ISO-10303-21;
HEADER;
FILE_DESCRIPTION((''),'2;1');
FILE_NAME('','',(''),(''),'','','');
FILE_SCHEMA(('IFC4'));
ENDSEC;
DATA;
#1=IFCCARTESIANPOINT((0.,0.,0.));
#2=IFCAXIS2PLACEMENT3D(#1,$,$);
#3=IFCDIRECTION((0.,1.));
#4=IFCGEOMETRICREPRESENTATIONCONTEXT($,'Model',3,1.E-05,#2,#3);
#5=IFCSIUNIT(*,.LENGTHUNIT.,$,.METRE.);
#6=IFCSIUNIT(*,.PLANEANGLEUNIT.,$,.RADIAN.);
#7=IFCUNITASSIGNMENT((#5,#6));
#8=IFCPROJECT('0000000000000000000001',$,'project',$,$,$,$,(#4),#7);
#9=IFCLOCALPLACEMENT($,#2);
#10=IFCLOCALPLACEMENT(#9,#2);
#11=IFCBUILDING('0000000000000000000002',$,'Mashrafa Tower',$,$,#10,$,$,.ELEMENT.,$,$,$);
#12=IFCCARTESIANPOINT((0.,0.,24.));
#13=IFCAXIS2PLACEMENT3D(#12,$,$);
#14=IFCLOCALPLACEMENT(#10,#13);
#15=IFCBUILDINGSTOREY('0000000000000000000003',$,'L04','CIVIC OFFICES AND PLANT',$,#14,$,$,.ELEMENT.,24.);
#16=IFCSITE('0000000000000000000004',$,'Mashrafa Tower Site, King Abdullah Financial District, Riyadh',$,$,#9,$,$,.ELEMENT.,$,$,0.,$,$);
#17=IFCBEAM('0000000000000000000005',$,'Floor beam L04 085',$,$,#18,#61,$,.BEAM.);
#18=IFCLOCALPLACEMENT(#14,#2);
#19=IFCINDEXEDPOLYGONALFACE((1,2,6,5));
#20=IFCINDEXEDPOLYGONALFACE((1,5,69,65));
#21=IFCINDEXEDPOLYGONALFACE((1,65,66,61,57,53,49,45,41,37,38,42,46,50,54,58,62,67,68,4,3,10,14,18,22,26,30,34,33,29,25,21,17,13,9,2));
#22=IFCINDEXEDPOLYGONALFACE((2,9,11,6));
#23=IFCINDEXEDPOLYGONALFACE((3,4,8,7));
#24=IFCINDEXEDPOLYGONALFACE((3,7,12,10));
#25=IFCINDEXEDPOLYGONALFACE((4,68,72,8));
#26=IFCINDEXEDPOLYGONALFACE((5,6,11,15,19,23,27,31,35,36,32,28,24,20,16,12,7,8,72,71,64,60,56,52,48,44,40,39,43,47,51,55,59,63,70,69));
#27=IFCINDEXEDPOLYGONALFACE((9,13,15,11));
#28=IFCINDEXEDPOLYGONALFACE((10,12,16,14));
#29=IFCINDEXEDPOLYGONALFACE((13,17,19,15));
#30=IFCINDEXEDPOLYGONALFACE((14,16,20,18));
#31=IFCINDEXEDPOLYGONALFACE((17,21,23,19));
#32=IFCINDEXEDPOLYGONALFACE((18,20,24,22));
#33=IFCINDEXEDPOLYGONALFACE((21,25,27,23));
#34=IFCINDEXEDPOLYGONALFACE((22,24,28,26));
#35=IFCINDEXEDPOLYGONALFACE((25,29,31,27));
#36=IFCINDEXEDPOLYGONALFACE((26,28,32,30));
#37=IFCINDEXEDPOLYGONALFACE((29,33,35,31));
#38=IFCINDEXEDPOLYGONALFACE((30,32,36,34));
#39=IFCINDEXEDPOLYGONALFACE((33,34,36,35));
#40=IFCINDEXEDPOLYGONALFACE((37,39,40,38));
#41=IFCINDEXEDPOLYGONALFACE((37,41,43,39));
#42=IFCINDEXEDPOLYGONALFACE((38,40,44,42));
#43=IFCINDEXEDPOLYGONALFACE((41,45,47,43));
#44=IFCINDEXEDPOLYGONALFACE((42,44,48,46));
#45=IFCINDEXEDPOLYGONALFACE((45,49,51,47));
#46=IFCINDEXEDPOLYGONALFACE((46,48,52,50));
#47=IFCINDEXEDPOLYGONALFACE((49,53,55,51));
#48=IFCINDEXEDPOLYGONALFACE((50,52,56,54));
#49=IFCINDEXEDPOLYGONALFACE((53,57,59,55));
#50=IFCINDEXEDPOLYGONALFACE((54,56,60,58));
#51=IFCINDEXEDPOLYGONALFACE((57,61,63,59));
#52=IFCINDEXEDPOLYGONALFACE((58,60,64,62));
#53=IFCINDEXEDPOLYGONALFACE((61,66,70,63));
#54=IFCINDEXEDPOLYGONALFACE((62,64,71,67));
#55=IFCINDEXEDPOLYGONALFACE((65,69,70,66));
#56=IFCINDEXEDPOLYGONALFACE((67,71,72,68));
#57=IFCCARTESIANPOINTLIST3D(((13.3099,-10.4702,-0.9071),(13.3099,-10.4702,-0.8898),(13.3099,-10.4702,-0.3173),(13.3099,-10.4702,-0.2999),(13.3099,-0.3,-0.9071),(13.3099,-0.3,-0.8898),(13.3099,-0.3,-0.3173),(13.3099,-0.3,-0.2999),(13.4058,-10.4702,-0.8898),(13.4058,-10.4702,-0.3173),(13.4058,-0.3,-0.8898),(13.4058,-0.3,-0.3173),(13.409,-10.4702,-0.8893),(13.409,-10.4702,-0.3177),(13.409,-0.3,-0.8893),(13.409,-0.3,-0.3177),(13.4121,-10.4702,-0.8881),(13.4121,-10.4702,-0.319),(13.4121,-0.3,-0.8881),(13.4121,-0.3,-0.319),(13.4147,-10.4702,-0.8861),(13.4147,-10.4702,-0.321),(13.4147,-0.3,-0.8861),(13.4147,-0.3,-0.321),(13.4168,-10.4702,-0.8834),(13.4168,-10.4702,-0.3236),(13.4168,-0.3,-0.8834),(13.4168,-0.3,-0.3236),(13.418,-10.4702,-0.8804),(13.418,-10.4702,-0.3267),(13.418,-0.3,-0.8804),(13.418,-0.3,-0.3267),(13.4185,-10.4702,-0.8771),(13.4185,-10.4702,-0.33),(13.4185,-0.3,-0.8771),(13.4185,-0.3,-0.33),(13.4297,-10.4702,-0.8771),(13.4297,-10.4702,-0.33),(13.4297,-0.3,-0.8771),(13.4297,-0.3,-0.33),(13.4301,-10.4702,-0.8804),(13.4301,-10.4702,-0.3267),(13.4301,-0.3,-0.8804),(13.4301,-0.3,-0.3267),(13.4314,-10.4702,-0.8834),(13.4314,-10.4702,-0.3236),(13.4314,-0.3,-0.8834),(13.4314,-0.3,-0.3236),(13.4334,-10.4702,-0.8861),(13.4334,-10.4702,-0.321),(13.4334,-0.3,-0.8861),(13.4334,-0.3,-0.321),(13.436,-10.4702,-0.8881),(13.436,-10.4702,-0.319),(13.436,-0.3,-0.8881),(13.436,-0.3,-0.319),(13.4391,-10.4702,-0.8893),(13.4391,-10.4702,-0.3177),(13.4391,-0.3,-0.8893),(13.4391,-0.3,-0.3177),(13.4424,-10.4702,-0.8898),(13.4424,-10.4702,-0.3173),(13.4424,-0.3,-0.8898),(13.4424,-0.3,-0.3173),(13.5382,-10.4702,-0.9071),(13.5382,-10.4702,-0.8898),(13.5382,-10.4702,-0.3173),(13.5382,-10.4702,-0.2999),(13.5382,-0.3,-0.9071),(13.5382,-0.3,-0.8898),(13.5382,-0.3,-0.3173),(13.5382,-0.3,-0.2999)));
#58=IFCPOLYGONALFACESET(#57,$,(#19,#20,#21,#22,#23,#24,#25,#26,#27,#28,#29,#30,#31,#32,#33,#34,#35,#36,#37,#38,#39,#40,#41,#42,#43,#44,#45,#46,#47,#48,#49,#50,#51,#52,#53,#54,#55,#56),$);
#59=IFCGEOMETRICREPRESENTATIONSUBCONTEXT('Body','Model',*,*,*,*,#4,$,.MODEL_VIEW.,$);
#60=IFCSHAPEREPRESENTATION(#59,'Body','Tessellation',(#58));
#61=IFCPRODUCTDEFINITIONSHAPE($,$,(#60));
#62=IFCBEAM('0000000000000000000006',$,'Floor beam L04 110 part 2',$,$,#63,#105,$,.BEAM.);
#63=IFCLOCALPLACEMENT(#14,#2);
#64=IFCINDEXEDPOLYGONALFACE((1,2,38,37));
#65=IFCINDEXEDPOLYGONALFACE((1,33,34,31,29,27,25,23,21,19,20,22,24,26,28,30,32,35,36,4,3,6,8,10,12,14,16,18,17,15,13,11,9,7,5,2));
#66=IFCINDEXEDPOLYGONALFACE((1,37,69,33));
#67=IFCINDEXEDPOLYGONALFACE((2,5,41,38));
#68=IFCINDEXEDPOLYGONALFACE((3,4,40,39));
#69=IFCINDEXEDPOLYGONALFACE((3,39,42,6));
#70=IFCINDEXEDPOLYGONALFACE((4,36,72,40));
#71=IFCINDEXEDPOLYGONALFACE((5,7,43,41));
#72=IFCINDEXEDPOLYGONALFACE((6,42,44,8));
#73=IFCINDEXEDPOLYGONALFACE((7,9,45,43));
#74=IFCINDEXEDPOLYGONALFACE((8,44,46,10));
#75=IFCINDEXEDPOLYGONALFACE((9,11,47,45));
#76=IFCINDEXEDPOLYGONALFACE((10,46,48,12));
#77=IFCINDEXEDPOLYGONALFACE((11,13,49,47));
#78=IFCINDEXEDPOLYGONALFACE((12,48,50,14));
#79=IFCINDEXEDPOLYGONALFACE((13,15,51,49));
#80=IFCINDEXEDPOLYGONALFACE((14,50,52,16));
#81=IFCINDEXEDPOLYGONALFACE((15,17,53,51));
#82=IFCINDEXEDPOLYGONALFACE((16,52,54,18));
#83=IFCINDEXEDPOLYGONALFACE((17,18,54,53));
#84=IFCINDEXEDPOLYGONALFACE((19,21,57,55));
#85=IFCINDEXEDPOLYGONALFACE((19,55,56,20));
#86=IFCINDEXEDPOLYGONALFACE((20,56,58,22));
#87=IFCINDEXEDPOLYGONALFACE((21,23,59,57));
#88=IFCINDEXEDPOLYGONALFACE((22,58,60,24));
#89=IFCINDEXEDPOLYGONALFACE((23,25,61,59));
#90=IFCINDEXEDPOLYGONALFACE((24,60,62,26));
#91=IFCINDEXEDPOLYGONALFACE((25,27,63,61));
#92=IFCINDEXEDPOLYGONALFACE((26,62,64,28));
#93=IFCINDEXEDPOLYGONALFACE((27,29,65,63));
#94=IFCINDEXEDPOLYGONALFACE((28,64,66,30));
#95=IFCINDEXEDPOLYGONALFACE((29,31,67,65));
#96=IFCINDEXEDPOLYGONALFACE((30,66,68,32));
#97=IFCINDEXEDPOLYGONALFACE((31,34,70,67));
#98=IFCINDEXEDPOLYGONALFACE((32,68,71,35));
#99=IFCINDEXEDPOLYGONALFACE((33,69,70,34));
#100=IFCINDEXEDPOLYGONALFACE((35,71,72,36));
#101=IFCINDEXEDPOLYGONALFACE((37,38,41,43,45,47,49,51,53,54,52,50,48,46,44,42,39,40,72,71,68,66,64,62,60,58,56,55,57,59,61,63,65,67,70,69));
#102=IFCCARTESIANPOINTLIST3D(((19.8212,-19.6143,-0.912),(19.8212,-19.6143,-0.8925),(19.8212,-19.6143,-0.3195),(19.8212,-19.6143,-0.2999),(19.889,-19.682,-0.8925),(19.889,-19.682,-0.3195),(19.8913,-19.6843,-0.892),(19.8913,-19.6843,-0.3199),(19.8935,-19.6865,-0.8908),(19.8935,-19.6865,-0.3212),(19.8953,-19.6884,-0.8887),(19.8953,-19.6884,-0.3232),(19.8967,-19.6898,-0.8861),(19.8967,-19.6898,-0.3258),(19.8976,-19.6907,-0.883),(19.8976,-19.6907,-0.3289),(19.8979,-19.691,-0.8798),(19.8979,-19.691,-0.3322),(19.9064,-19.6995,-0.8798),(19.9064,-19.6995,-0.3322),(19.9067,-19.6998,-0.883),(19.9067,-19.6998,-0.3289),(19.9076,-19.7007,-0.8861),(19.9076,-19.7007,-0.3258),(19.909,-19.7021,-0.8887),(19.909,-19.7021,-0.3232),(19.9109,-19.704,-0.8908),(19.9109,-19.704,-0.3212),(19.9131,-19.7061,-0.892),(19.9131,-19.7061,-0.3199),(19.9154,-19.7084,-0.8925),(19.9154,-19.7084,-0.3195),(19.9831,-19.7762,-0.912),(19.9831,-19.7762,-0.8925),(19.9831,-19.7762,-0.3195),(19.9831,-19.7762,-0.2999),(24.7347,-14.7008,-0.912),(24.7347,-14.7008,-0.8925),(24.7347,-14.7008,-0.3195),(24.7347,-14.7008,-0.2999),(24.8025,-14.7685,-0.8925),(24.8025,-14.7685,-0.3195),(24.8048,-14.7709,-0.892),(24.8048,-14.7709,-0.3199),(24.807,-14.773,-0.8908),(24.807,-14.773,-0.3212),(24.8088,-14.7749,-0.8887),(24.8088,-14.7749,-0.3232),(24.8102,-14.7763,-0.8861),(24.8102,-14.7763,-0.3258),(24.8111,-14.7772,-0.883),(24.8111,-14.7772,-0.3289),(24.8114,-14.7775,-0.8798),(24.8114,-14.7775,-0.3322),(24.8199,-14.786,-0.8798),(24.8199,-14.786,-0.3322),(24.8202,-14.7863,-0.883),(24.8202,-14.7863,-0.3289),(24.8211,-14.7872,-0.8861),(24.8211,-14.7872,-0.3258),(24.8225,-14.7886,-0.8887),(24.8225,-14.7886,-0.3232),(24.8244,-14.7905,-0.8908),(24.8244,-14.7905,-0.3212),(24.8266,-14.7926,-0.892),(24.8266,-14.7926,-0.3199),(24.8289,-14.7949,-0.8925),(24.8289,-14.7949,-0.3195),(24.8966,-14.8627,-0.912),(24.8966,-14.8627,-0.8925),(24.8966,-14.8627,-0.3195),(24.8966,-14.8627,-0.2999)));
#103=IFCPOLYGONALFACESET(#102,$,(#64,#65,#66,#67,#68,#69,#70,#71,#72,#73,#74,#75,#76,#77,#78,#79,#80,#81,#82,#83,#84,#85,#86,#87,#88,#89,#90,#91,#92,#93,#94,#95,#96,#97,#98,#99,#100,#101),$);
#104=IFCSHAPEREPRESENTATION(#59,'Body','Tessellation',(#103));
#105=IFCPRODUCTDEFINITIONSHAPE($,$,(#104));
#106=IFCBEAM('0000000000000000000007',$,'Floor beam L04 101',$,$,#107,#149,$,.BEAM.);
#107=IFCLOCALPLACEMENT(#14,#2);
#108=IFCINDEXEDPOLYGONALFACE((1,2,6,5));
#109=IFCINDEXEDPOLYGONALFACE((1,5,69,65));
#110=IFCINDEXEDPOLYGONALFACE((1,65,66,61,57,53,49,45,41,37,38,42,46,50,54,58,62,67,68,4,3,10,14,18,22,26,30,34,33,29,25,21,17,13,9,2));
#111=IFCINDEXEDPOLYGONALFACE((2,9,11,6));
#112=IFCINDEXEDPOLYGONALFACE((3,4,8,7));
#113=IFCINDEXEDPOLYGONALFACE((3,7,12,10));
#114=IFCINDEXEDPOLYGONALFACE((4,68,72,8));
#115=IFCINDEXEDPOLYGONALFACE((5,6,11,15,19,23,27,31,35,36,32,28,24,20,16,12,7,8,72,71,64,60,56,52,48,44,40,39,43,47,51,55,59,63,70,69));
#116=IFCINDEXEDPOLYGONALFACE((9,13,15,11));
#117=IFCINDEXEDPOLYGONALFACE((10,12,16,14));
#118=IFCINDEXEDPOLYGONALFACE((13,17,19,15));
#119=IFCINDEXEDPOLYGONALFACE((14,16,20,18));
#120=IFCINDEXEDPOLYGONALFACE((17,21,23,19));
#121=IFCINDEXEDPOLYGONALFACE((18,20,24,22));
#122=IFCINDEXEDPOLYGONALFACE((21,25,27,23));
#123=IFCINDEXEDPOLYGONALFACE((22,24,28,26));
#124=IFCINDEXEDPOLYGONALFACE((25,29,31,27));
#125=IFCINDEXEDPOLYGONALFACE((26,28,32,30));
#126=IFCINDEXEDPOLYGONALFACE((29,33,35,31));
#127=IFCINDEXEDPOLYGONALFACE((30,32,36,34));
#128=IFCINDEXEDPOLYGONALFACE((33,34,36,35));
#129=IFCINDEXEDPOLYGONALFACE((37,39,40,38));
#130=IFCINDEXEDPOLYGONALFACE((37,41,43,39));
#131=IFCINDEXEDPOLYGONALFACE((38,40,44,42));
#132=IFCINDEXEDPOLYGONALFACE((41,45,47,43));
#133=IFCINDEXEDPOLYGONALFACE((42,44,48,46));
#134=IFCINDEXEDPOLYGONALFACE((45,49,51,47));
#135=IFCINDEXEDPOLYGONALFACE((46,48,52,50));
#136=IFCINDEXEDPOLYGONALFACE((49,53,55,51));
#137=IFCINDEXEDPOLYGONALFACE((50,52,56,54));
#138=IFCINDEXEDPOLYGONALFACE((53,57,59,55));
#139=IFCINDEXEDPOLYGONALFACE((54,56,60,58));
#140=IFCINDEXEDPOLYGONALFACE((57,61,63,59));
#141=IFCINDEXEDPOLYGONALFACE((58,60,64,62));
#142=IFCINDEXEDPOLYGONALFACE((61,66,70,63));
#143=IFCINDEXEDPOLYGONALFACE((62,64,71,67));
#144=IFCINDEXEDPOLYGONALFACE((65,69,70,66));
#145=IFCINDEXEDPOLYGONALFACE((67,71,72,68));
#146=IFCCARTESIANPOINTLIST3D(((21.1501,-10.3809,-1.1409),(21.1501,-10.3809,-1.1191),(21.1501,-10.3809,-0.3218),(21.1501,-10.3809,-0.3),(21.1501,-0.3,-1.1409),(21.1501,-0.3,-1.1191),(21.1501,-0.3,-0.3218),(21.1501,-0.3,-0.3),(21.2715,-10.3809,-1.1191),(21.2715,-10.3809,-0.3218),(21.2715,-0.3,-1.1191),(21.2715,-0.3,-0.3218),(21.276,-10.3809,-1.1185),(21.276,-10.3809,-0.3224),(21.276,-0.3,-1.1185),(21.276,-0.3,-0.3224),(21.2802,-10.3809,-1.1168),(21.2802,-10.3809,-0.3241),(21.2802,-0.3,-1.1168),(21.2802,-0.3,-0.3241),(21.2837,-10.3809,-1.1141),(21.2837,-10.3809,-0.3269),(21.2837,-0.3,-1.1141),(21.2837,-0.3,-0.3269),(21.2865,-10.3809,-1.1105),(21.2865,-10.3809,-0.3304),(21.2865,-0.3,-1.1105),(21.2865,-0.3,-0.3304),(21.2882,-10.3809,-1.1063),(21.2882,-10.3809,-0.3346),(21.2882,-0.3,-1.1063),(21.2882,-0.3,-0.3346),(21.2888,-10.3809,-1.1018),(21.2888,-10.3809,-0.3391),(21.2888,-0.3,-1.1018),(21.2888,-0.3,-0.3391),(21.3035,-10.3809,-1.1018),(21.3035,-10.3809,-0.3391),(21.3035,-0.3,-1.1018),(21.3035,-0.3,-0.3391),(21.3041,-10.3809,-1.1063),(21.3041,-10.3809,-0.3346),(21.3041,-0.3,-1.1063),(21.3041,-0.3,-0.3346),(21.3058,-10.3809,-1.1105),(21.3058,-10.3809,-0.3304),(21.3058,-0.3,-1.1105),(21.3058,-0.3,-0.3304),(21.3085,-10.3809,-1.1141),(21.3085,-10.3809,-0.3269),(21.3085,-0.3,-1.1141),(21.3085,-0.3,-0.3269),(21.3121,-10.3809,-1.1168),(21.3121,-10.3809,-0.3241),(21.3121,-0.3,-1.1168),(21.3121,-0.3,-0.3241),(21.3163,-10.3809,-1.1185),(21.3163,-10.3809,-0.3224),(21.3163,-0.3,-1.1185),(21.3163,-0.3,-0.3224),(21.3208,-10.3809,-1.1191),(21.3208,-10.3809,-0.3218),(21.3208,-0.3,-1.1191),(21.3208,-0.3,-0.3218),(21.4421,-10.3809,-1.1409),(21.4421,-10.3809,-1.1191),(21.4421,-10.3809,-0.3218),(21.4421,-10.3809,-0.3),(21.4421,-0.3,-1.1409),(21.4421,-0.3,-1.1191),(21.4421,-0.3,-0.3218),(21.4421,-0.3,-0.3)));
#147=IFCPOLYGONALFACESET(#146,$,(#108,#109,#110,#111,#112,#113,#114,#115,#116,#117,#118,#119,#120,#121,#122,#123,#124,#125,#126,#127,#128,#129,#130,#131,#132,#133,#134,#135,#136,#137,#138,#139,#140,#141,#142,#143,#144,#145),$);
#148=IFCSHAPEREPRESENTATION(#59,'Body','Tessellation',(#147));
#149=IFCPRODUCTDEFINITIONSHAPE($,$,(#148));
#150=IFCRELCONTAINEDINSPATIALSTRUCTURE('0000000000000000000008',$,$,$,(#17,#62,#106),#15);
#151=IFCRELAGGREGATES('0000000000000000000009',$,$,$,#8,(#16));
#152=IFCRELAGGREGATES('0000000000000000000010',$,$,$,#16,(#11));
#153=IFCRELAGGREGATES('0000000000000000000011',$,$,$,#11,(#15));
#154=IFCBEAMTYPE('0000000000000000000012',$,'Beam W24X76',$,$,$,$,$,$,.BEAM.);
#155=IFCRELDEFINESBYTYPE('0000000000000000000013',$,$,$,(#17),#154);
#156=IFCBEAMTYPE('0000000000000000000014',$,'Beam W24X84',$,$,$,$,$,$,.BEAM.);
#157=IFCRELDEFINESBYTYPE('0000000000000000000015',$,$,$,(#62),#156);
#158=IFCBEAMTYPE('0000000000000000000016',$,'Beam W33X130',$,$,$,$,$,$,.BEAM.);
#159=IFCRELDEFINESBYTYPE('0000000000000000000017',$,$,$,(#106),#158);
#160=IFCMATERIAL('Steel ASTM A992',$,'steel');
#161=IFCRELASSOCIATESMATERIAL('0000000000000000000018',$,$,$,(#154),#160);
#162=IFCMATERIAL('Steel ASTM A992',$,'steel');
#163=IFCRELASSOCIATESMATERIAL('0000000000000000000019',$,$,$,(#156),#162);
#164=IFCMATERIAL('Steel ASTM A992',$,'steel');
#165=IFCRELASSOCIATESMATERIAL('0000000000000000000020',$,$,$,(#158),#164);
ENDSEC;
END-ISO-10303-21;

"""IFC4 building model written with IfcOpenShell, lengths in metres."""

from ifc_helpers import new_model, si_unit, direction, frame, origin, origin_2d, place, context, subcontext, project, spatial, i_section, extrude, material, material_profile, profile_set, type_object, element, save


model = new_model("IFC4")

# Units and contexts
model_context = context("Model", 3, precision=1e-05, world=origin(), true_north=direction((0.0, 1.0)))
body_context = subcontext(model_context, "Body", "Model", "MODEL_VIEW")
ifc_project = project(units=[si_unit("LENGTHUNIT", "METRE"), si_unit("PLANEANGLEUNIT", "RADIAN")], contexts=[model_context])

# Site, building, storey
site_placement = place(None, origin())
site = spatial("IfcSite", under=ifc_project, at=site_placement, Name="Mashrafa Tower Site, King Abdullah Financial District, Riyadh", CompositionType="ELEMENT", RefElevation=0.0)
building_placement = place(site_placement, origin())
building = spatial("IfcBuilding", under=site, at=building_placement, Name="Mashrafa Tower", CompositionType="ELEMENT")
storey_placement = place(building_placement, frame((0.0, 0.0, 24.0)))
storey = spatial("IfcBuildingStorey", under=building, at=storey_placement, Name="L04", Description="CIVIC OFFICES AND PLANT", CompositionType="ELEMENT", Elevation=24.0)

# Beams
ifc_material_1 = material(Name="Steel ASTM A992", Category="steel")
ifc_material_profile_1 = material_profile(ifc_material_1, i_section(OverallWidth=0.2283, OverallDepth=0.6072, WebThickness=0.0112, FlangeThickness=0.0173, FilletRadius=0.0127, at=origin_2d()), Name="W24X76")
ifc_profile_set_1 = profile_set([ifc_material_profile_1], Name="Steel ASTM A992")
beam_type_1 = type_object("IfcBeamType", Name="Beam W24X76", PredefinedType="BEAM", material=ifc_profile_set_1)
beam_1_placement = place(storey_placement, frame((13.4241, -0.3, -0.6035), z_axis=(0.0, -1.0, 0.0), x_axis=(1.0, 0.0, 0.0)))
element("IfcBeam", 1, at=beam_1_placement, inside=storey, type_object=beam_type_1, Name="Floor beam L04 085", PredefinedType="BEAM", context=body_context, shape_type="SweptSolid", body=[
    extrude(i_section(OverallWidth=0.2283, OverallDepth=0.6072, WebThickness=0.0112, FlangeThickness=0.0173, FilletRadius=0.0127, at=origin_2d()), origin(), (0.0, 0.0, 1.0), 10.1702),
])
ifc_material_2 = material(Name="Steel ASTM A992", Category="steel")
ifc_material_profile_2 = material_profile(ifc_material_2, i_section(OverallWidth=0.229, OverallDepth=0.6121, WebThickness=0.012, FlangeThickness=0.0195, FilletRadius=0.0127, at=origin_2d()), Name="W24X84")
ifc_profile_set_2 = profile_set([ifc_material_profile_2], Name="Steel ASTM A992")
beam_type_2 = type_object("IfcBeamType", Name="Beam W24X84", PredefinedType="BEAM", material=ifc_profile_set_2)
beam_2_placement = place(storey_placement, frame((24.8157, -14.7817, -0.606), z_axis=(-0.707107, -0.707107, 0.0), x_axis=(0.707107, -0.707107, 0.0)))
element("IfcBeam", 2, at=beam_2_placement, inside=storey, type_object=beam_type_2, Name="Floor beam L04 110 part 2", PredefinedType="BEAM", context=body_context, shape_type="SweptSolid", body=[
    extrude(i_section(OverallWidth=0.229, OverallDepth=0.6121, WebThickness=0.012, FlangeThickness=0.0195, FilletRadius=0.0127, at=origin_2d()), origin(), (0.0, 0.0, 1.0), 6.9487),
])
ifc_material_3 = material(Name="Steel ASTM A992", Category="steel")
ifc_material_profile_3 = material_profile(ifc_material_3, i_section(OverallWidth=0.292, OverallDepth=0.8408, WebThickness=0.0146, FlangeThickness=0.0217, FilletRadius=0.0173, at=origin_2d()), Name="W33X130")
ifc_profile_set_3 = profile_set([ifc_material_profile_3], Name="Steel ASTM A992")
beam_type_3 = type_object("IfcBeamType", Name="Beam W33X130", PredefinedType="BEAM", material=ifc_profile_set_3)
beam_3_placement = place(storey_placement, frame((21.2961, -0.3, -0.7205), z_axis=(0.0, -1.0, 0.0), x_axis=(1.0, 0.0, 0.0)))
element("IfcBeam", 3, at=beam_3_placement, inside=storey, type_object=beam_type_3, Name="Floor beam L04 101", PredefinedType="BEAM", context=body_context, shape_type="SweptSolid", body=[
    extrude(i_section(OverallWidth=0.292, OverallDepth=0.8408, WebThickness=0.0146, FlangeThickness=0.0217, FilletRadius=0.0173, at=origin_2d()), origin(), (0.0, 0.0, 1.0), 10.0808),
])

save(model, "model.ifc")
